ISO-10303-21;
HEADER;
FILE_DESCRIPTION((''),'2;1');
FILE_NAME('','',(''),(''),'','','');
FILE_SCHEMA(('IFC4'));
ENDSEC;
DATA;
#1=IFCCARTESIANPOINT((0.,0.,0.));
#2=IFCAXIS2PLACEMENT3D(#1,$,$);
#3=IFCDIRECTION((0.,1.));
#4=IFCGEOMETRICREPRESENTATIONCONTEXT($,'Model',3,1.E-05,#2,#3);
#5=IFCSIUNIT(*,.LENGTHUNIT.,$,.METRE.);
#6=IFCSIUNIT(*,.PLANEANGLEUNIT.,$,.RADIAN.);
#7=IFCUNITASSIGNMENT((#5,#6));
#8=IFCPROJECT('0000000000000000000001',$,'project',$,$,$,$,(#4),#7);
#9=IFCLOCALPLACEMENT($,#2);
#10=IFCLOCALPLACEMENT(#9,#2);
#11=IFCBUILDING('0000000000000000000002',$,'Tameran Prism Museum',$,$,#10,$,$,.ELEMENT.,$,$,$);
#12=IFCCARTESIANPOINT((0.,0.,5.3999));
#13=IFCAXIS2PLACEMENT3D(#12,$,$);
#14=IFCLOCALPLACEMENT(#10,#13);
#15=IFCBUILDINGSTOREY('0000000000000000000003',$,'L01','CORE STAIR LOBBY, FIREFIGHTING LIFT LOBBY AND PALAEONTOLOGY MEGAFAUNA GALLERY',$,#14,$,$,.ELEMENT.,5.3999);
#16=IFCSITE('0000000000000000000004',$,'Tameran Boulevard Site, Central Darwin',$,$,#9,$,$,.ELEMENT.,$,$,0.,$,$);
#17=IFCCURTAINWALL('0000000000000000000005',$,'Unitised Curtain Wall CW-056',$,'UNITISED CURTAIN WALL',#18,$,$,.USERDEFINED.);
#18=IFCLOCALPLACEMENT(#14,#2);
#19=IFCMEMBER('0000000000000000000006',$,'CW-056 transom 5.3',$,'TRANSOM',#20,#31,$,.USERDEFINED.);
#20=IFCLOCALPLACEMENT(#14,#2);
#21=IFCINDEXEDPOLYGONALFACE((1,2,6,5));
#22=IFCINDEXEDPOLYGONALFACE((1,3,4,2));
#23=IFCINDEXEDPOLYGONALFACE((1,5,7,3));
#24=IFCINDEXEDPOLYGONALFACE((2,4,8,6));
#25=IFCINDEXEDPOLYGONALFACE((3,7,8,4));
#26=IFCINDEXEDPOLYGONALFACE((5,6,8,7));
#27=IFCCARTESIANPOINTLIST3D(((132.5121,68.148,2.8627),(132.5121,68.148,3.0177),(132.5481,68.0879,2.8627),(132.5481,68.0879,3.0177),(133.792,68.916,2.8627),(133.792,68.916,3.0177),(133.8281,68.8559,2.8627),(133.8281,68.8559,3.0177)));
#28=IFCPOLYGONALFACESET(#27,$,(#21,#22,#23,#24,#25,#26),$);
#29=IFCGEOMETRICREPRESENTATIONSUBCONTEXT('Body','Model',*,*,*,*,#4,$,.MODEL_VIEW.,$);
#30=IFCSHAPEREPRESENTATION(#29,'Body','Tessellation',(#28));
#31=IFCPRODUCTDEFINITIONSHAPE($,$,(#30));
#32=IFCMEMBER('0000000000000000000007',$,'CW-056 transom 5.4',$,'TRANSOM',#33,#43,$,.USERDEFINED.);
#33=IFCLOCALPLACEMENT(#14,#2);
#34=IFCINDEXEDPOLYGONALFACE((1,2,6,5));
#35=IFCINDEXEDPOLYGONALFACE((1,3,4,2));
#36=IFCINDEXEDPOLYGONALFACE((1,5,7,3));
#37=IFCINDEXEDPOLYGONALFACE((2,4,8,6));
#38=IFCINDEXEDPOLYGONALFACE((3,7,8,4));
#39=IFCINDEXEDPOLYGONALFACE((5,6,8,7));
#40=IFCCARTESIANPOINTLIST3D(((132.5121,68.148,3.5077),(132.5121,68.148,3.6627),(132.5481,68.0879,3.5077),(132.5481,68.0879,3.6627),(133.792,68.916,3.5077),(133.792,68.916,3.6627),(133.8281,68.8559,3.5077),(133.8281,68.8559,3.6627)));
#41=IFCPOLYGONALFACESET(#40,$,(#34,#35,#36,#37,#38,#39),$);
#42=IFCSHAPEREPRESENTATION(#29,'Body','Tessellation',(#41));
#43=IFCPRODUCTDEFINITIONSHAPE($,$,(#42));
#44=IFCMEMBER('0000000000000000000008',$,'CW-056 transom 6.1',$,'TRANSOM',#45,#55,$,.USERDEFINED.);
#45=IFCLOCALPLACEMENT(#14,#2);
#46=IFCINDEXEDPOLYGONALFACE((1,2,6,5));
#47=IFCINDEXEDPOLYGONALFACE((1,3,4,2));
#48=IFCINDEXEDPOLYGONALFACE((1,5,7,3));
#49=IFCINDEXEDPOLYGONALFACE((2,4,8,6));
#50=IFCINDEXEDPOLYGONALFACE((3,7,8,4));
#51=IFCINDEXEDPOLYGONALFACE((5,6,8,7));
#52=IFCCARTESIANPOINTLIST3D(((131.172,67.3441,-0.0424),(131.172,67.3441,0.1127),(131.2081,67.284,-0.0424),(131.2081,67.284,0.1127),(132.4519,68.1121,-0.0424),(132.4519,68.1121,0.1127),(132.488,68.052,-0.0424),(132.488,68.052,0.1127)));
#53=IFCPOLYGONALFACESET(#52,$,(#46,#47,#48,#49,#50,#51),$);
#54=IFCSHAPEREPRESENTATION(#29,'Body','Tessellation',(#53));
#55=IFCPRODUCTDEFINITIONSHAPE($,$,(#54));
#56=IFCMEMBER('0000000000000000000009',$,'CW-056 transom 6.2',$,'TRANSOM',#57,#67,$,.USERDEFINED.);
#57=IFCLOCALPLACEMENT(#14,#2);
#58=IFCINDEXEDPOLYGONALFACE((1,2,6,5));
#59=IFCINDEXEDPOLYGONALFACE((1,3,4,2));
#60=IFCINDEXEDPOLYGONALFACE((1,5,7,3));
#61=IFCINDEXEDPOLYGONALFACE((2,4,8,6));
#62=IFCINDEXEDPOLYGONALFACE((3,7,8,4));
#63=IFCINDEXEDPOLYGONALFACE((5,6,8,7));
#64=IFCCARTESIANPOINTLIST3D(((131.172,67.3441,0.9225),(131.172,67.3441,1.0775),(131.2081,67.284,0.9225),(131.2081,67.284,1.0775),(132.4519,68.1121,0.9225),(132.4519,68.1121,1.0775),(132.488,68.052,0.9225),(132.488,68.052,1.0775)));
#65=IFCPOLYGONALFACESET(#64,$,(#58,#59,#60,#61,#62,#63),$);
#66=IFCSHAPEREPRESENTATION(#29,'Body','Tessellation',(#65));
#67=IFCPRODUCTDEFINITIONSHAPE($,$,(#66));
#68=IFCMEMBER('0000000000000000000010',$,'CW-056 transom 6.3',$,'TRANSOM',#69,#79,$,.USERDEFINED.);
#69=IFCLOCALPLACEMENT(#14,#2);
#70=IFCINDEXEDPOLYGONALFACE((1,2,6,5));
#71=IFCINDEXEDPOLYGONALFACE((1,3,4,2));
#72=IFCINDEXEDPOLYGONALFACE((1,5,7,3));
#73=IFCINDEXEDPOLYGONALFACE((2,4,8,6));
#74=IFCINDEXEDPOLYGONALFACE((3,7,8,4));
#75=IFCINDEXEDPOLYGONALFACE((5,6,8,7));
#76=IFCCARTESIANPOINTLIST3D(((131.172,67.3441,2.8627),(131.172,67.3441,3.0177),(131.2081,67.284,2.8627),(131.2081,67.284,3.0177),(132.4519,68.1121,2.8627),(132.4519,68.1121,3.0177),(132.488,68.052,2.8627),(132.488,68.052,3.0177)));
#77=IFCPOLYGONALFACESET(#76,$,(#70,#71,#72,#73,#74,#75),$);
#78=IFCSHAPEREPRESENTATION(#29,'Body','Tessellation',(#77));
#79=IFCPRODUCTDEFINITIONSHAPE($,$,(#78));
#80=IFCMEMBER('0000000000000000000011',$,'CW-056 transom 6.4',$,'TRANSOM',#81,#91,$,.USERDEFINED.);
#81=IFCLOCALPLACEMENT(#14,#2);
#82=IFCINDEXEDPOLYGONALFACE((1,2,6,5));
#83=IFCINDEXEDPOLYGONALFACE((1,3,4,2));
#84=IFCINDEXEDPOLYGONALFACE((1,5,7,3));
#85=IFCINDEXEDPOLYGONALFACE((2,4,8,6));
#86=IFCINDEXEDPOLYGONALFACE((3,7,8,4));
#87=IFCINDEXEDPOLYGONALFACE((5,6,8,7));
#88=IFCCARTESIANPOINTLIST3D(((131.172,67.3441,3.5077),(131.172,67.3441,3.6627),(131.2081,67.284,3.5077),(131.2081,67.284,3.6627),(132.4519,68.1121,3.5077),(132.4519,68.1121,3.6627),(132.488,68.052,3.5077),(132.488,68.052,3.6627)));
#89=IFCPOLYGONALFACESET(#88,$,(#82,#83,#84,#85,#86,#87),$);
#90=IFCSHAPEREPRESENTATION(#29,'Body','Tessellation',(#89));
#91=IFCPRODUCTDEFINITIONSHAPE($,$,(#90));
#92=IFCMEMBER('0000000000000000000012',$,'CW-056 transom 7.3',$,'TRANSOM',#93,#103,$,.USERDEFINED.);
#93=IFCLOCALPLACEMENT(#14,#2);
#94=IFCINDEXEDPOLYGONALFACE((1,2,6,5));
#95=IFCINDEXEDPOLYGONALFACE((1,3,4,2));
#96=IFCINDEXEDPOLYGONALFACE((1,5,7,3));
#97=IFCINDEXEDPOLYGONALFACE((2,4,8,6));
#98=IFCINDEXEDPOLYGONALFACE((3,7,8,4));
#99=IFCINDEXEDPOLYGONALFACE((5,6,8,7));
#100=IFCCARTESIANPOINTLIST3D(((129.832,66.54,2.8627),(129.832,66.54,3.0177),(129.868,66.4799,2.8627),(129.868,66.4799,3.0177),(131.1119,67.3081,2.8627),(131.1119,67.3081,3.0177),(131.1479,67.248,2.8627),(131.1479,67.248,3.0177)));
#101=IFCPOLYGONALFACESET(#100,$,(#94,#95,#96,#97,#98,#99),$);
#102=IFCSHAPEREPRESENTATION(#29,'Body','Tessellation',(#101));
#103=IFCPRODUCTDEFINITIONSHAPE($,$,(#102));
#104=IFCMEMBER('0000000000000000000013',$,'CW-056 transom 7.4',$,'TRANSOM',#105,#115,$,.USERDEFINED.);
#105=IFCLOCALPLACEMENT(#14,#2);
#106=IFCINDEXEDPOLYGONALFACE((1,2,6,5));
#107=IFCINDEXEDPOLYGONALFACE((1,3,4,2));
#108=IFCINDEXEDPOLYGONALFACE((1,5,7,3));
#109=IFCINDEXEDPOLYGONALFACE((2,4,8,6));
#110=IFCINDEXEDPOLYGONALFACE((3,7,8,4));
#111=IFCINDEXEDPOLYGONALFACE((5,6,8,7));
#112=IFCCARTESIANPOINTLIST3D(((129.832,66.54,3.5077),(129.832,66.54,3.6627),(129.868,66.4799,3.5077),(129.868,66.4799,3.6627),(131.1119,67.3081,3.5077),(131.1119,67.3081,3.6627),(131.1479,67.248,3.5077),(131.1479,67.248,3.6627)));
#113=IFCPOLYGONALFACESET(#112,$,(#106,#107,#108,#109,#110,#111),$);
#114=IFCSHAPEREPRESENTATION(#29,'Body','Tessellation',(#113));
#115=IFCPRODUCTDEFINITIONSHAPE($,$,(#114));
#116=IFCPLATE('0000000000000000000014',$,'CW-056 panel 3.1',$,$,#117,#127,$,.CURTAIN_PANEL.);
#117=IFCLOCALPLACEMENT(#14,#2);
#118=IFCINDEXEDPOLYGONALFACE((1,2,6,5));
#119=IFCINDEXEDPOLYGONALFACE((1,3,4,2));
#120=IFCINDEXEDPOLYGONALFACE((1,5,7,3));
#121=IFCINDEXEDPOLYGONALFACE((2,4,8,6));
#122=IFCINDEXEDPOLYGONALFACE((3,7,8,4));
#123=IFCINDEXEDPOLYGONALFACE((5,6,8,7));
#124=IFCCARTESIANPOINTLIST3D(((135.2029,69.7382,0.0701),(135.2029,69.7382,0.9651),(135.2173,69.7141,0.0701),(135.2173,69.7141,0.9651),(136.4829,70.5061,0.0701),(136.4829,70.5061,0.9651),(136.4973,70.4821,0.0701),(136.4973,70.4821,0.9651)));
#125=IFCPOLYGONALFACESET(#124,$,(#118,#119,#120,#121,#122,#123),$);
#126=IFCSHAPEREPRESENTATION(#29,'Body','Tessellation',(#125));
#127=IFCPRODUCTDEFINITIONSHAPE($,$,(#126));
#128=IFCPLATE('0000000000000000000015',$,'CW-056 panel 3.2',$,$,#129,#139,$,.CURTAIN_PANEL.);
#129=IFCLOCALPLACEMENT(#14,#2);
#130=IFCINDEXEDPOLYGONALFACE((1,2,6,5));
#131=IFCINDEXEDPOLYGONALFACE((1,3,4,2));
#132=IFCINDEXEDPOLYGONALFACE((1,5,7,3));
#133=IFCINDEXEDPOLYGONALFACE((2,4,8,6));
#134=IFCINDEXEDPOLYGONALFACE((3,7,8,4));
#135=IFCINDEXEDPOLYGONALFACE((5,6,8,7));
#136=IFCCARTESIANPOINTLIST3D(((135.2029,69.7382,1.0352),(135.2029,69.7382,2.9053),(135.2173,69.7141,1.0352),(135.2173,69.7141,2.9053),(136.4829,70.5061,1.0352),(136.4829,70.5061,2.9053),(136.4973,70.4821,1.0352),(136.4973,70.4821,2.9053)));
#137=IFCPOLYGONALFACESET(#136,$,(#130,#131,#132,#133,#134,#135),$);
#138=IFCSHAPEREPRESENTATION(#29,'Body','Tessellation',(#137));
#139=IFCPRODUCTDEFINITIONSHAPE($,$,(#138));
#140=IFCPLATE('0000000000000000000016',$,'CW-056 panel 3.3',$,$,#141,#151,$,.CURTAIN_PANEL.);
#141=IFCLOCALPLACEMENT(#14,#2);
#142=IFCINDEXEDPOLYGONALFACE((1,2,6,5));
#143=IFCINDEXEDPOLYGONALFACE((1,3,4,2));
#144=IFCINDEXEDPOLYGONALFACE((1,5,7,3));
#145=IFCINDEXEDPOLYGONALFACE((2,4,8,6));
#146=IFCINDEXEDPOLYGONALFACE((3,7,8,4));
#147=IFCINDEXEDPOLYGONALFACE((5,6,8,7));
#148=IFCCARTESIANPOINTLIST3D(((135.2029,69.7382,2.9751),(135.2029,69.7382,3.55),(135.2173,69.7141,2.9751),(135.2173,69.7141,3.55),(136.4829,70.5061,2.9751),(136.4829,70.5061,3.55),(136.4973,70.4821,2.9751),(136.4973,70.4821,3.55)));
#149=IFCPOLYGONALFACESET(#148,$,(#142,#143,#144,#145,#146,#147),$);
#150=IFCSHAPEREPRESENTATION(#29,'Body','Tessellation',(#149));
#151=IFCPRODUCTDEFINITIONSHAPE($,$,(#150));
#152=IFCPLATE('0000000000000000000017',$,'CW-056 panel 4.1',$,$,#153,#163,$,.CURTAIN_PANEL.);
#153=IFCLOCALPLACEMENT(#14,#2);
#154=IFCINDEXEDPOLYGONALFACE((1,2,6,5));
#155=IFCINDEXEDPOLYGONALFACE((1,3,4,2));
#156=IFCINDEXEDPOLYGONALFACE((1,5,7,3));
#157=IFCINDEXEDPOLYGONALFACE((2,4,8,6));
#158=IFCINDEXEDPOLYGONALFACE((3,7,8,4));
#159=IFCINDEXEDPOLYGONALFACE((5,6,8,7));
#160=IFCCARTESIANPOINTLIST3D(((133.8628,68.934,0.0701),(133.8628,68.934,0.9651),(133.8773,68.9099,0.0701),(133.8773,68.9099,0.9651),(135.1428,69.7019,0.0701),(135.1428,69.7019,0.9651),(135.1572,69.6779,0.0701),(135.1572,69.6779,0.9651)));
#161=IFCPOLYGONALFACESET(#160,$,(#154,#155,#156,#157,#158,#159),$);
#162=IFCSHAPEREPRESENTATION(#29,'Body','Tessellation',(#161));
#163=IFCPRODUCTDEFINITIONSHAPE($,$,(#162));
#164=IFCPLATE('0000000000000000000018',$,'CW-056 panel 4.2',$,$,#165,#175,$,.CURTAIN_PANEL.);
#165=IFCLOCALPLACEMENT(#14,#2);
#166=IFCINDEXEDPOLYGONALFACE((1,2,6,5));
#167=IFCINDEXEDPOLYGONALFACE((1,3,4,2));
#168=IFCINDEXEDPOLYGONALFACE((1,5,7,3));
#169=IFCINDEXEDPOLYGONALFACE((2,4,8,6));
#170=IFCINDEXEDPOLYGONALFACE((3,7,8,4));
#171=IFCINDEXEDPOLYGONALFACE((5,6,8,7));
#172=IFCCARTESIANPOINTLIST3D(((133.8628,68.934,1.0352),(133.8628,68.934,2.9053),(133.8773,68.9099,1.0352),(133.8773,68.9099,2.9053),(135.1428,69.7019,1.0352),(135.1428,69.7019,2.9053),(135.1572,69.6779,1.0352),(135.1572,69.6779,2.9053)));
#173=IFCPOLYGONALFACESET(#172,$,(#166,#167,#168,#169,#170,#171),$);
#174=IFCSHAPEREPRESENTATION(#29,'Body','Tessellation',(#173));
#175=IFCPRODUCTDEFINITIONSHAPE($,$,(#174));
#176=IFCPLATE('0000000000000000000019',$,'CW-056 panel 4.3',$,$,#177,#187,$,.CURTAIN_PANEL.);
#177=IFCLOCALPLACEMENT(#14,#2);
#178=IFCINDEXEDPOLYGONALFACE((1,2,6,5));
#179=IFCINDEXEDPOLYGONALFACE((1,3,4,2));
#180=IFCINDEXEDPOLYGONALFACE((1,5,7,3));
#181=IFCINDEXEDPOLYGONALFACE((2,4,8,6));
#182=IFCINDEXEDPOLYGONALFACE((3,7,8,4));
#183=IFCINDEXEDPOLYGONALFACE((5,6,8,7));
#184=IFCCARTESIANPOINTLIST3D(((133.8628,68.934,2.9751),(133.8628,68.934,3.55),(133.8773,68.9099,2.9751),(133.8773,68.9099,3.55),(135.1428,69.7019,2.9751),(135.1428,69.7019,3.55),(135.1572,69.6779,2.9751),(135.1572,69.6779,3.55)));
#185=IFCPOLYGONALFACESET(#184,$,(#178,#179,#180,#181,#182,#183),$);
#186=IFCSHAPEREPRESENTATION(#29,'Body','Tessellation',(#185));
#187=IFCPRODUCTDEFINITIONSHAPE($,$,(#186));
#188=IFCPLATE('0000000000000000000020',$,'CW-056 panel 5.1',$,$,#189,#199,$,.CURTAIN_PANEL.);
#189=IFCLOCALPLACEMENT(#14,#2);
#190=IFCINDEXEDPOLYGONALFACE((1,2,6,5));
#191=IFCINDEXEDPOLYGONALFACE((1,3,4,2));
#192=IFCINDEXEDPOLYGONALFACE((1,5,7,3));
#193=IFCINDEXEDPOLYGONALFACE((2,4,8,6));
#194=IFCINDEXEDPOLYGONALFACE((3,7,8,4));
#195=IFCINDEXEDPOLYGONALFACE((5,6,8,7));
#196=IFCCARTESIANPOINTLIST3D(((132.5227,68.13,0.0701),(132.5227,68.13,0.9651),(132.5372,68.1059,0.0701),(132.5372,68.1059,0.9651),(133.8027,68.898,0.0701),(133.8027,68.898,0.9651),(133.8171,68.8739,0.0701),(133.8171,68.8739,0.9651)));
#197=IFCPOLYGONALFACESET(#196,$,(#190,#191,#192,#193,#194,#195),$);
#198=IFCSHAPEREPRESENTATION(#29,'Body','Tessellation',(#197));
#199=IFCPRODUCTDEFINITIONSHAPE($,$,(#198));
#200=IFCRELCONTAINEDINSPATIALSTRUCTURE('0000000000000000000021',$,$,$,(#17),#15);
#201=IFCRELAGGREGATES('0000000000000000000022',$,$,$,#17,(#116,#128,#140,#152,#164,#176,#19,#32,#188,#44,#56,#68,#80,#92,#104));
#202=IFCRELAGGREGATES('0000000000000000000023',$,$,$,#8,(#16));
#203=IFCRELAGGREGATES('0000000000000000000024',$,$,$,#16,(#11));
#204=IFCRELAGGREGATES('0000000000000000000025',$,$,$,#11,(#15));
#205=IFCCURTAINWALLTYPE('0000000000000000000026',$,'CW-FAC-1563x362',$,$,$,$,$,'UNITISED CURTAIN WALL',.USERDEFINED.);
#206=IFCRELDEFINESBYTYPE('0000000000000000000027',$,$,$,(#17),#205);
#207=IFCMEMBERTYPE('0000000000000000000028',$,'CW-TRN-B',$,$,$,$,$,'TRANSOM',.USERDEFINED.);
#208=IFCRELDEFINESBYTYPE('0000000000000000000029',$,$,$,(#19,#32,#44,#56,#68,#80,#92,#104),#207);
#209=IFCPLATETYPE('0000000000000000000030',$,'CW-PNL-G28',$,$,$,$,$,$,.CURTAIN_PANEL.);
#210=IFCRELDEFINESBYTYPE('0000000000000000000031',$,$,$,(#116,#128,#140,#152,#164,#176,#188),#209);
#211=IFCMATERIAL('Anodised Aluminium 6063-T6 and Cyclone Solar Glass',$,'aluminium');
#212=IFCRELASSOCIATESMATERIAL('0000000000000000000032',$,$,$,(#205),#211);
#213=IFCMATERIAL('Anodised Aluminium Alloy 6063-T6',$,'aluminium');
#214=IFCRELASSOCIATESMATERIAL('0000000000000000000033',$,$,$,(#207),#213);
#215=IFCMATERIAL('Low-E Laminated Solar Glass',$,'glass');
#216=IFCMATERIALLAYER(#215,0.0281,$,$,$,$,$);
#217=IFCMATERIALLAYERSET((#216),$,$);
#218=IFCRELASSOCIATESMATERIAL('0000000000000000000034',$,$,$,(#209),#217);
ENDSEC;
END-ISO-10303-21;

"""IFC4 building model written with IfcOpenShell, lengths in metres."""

from ifc_helpers import new_model, si_unit, direction, frame, origin, origin_2d, place, context, subcontext, project, spatial, rectangle, extrude, material, layer, layer_set, material_profile, profile_set, type_object, element, aggregate, save


model = new_model("IFC4")

# Units and contexts
model_context = context("Model", 3, precision=1e-05, world=origin(), true_north=direction((0.0, 1.0)))
body_context = subcontext(model_context, "Body", "Model", "MODEL_VIEW")
ifc_project = project(units=[si_unit("LENGTHUNIT", "METRE"), si_unit("PLANEANGLEUNIT", "RADIAN")], contexts=[model_context])

# Site, building, storey
site_placement = place(None, origin())
site = spatial("IfcSite", under=ifc_project, at=site_placement, Name="Tameran Boulevard Site, Central Darwin", CompositionType="ELEMENT", RefElevation=0.0)
building_placement = place(site_placement, origin())
building = spatial("IfcBuilding", under=site, at=building_placement, Name="Tameran Prism Museum", CompositionType="ELEMENT")
storey_placement = place(building_placement, frame((0.0, 0.0, 5.3999)))
storey = spatial("IfcBuildingStorey", under=building, at=storey_placement, Name="L01", Description="CORE STAIR LOBBY, FIREFIGHTING LIFT LOBBY AND PALAEONTOLOGY MEGAFAUNA GALLERY", CompositionType="ELEMENT", Elevation=5.3999)

# Curtain wall, members, plates
ifc_material_1 = material(Name="Anodised Aluminium 6063-T6 and Cyclone Solar Glass", Category="aluminium")
curtain_wall_type = type_object("IfcCurtainWallType", Name="CW-FAC-1563x362", ElementType="UNITISED CURTAIN WALL", PredefinedType="USERDEFINED", material=ifc_material_1)
curtain_wall_placement = place(storey_placement, origin())
curtain_wall = element("IfcCurtainWall", 1, at=curtain_wall_placement, inside=storey, type_object=curtain_wall_type, Name="Unitised Curtain Wall CW-056", ObjectType="UNITISED CURTAIN WALL", PredefinedType="USERDEFINED")
ifc_material_2 = material(Name="Anodised Aluminium Alloy 6063-T6", Category="aluminium")
ifc_material_profile_1 = material_profile(ifc_material_2, rectangle(XDim=0.0701, YDim=0.155, at=origin_2d()))
ifc_profile_set_1 = profile_set([ifc_material_profile_1])
member_type_1 = type_object("IfcMemberType", Name="CW-TRN-B", ElementType="TRANSOM", PredefinedType="USERDEFINED", material=ifc_profile_set_1)
member_1_placement = place(storey_placement, frame((133.8101, 68.886, 2.9402), z_axis=(-0.857478, -0.51452, 0.0), x_axis=(0.51452, -0.857478, 0.0)))
member_1 = element("IfcMember", 2, at=member_1_placement, type_object=member_type_1, Name="CW-056 transom 5.3", ObjectType="TRANSOM", PredefinedType="USERDEFINED", context=body_context, shape_type="SweptSolid", body=[
    extrude(rectangle(XDim=0.0701, YDim=0.155, at=origin_2d()), origin(), (0.0, 0.0, 1.0), 1.4927),
])
member_2_placement = place(storey_placement, frame((133.8101, 68.886, 3.5852), z_axis=(-0.857478, -0.51452, 0.0), x_axis=(0.51452, -0.857478, 0.0)))
member_2 = element("IfcMember", 3, at=member_2_placement, type_object=member_type_1, Name="CW-056 transom 5.4", ObjectType="TRANSOM", PredefinedType="USERDEFINED", context=body_context, shape_type="SweptSolid", body=[
    extrude(rectangle(XDim=0.0701, YDim=0.155, at=origin_2d()), origin(), (0.0, 0.0, 1.0), 1.4927),
])
member_3_placement = place(storey_placement, frame((132.47, 68.082, 0.0352), z_axis=(-0.857478, -0.51452, 0.0), x_axis=(0.51452, -0.857478, 0.0)))
member_3 = element("IfcMember", 4, at=member_3_placement, type_object=member_type_1, Name="CW-056 transom 6.1", ObjectType="TRANSOM", PredefinedType="USERDEFINED", context=body_context, shape_type="SweptSolid", body=[
    extrude(rectangle(XDim=0.0701, YDim=0.155, at=origin_2d()), origin(), (0.0, 0.0, 1.0), 1.4927),
])
member_4_placement = place(storey_placement, frame((132.47, 68.082, 1.0), z_axis=(-0.857478, -0.51452, 0.0), x_axis=(0.51452, -0.857478, 0.0)))
member_4 = element("IfcMember", 5, at=member_4_placement, type_object=member_type_1, Name="CW-056 transom 6.2", ObjectType="TRANSOM", PredefinedType="USERDEFINED", context=body_context, shape_type="SweptSolid", body=[
    extrude(rectangle(XDim=0.0701, YDim=0.155, at=origin_2d()), origin(), (0.0, 0.0, 1.0), 1.4927),
])
member_5_placement = place(storey_placement, frame((132.47, 68.082, 2.9402), z_axis=(-0.857478, -0.51452, 0.0), x_axis=(0.51452, -0.857478, 0.0)))
member_5 = element("IfcMember", 6, at=member_5_placement, type_object=member_type_1, Name="CW-056 transom 6.3", ObjectType="TRANSOM", PredefinedType="USERDEFINED", context=body_context, shape_type="SweptSolid", body=[
    extrude(rectangle(XDim=0.0701, YDim=0.155, at=origin_2d()), origin(), (0.0, 0.0, 1.0), 1.4927),
])
member_6_placement = place(storey_placement, frame((132.47, 68.082, 3.5852), z_axis=(-0.857478, -0.51452, 0.0), x_axis=(0.51452, -0.857478, 0.0)))
member_6 = element("IfcMember", 7, at=member_6_placement, type_object=member_type_1, Name="CW-056 transom 6.4", ObjectType="TRANSOM", PredefinedType="USERDEFINED", context=body_context, shape_type="SweptSolid", body=[
    extrude(rectangle(XDim=0.0701, YDim=0.155, at=origin_2d()), origin(), (0.0, 0.0, 1.0), 1.4927),
])
member_7_placement = place(storey_placement, frame((131.1299, 67.2781, 2.9402), z_axis=(-0.857435, -0.514592, 0.0), x_axis=(0.514592, -0.857435, 0.0)))
member_7 = element("IfcMember", 8, at=member_7_placement, type_object=member_type_1, Name="CW-056 transom 7.3", ObjectType="TRANSOM", PredefinedType="USERDEFINED", context=body_context, shape_type="SweptSolid", body=[
    extrude(rectangle(XDim=0.0701, YDim=0.155, at=origin_2d()), origin(), (0.0, 0.0, 1.0), 1.4927),
])
member_8_placement = place(storey_placement, frame((131.1299, 67.2781, 3.5852), z_axis=(-0.857435, -0.514592, 0.0), x_axis=(0.514592, -0.857435, 0.0)))
member_8 = element("IfcMember", 9, at=member_8_placement, type_object=member_type_1, Name="CW-056 transom 7.4", ObjectType="TRANSOM", PredefinedType="USERDEFINED", context=body_context, shape_type="SweptSolid", body=[
    extrude(rectangle(XDim=0.0701, YDim=0.155, at=origin_2d()), origin(), (0.0, 0.0, 1.0), 1.4927),
])
ifc_material_3 = material(Name="Low-E Laminated Solar Glass", Category="glass")
ifc_layer = layer(ifc_material_3, 0.0281)
ifc_layer_set = layer_set([ifc_layer])
plate_type = type_object("IfcPlateType", Name="CW-PNL-G28", PredefinedType="CURTAIN_PANEL", material=ifc_layer_set)
plate_1_placement = place(storey_placement, frame((135.8501, 70.1101, 0.0701), z_axis=(0.0, 0.0, 1.0), x_axis=(-0.857493, -0.514496, 0.0)))
plate_1 = element("IfcPlate", 10, at=plate_1_placement, type_object=plate_type, Name="CW-056 panel 3.1", PredefinedType="CURTAIN_PANEL", context=body_context, shape_type="SweptSolid", body=[
    extrude(rectangle(XDim=1.4927, YDim=0.0281, at=origin_2d()), origin(), (0.0, 0.0, 1.0), 0.895),
])
plate_2_placement = place(storey_placement, frame((135.8501, 70.1101, 1.0352), z_axis=(0.0, 0.0, 1.0), x_axis=(-0.857493, -0.514496, 0.0)))
plate_2 = element("IfcPlate", 11, at=plate_2_placement, type_object=plate_type, Name="CW-056 panel 3.2", PredefinedType="CURTAIN_PANEL", context=body_context, shape_type="SweptSolid", body=[
    extrude(rectangle(XDim=1.4927, YDim=0.0281, at=origin_2d()), origin(), (0.0, 0.0, 1.0), 1.8701),
])
plate_3_placement = place(storey_placement, frame((135.8501, 70.1101, 2.9751), z_axis=(0.0, 0.0, 1.0), x_axis=(-0.857493, -0.514496, 0.0)))
plate_3 = element("IfcPlate", 12, at=plate_3_placement, type_object=plate_type, Name="CW-056 panel 3.3", PredefinedType="CURTAIN_PANEL", context=body_context, shape_type="SweptSolid", body=[
    extrude(rectangle(XDim=1.4927, YDim=0.0281, at=origin_2d()), origin(), (0.0, 0.0, 1.0), 0.575),
])
plate_4_placement = place(storey_placement, frame((134.51, 69.3059, 0.0701), z_axis=(0.0, 0.0, 1.0), x_axis=(-0.857493, -0.514496, 0.0)))
plate_4 = element("IfcPlate", 13, at=plate_4_placement, type_object=plate_type, Name="CW-056 panel 4.1", PredefinedType="CURTAIN_PANEL", context=body_context, shape_type="SweptSolid", body=[
    extrude(rectangle(XDim=1.4927, YDim=0.0281, at=origin_2d()), origin(), (0.0, 0.0, 1.0), 0.895),
])
plate_5_placement = place(storey_placement, frame((134.51, 69.3059, 1.0352), z_axis=(0.0, 0.0, 1.0), x_axis=(-0.857493, -0.514496, 0.0)))
plate_5 = element("IfcPlate", 14, at=plate_5_placement, type_object=plate_type, Name="CW-056 panel 4.2", PredefinedType="CURTAIN_PANEL", context=body_context, shape_type="SweptSolid", body=[
    extrude(rectangle(XDim=1.4927, YDim=0.0281, at=origin_2d()), origin(), (0.0, 0.0, 1.0), 1.8701),
])
plate_6_placement = place(storey_placement, frame((134.51, 69.3059, 2.9751), z_axis=(0.0, 0.0, 1.0), x_axis=(-0.857493, -0.514496, 0.0)))
plate_6 = element("IfcPlate", 15, at=plate_6_placement, type_object=plate_type, Name="CW-056 panel 4.3", PredefinedType="CURTAIN_PANEL", context=body_context, shape_type="SweptSolid", body=[
    extrude(rectangle(XDim=1.4927, YDim=0.0281, at=origin_2d()), origin(), (0.0, 0.0, 1.0), 0.575),
])
plate_7_placement = place(storey_placement, frame((133.1699, 68.502, 0.0701), z_axis=(0.0, 0.0, 1.0), x_axis=(-0.857493, -0.514496, 0.0)))
plate_7 = element("IfcPlate", 16, at=plate_7_placement, type_object=plate_type, Name="CW-056 panel 5.1", PredefinedType="CURTAIN_PANEL", context=body_context, shape_type="SweptSolid", body=[
    extrude(rectangle(XDim=1.4927, YDim=0.0281, at=origin_2d()), origin(), (0.0, 0.0, 1.0), 0.895),
])
aggregate(curtain_wall, [plate_1, plate_2, plate_3, plate_4, plate_5, plate_6, member_1, member_2, plate_7, member_3, member_4, member_5, member_6, member_7, member_8])

save(model, "model.ifc")
